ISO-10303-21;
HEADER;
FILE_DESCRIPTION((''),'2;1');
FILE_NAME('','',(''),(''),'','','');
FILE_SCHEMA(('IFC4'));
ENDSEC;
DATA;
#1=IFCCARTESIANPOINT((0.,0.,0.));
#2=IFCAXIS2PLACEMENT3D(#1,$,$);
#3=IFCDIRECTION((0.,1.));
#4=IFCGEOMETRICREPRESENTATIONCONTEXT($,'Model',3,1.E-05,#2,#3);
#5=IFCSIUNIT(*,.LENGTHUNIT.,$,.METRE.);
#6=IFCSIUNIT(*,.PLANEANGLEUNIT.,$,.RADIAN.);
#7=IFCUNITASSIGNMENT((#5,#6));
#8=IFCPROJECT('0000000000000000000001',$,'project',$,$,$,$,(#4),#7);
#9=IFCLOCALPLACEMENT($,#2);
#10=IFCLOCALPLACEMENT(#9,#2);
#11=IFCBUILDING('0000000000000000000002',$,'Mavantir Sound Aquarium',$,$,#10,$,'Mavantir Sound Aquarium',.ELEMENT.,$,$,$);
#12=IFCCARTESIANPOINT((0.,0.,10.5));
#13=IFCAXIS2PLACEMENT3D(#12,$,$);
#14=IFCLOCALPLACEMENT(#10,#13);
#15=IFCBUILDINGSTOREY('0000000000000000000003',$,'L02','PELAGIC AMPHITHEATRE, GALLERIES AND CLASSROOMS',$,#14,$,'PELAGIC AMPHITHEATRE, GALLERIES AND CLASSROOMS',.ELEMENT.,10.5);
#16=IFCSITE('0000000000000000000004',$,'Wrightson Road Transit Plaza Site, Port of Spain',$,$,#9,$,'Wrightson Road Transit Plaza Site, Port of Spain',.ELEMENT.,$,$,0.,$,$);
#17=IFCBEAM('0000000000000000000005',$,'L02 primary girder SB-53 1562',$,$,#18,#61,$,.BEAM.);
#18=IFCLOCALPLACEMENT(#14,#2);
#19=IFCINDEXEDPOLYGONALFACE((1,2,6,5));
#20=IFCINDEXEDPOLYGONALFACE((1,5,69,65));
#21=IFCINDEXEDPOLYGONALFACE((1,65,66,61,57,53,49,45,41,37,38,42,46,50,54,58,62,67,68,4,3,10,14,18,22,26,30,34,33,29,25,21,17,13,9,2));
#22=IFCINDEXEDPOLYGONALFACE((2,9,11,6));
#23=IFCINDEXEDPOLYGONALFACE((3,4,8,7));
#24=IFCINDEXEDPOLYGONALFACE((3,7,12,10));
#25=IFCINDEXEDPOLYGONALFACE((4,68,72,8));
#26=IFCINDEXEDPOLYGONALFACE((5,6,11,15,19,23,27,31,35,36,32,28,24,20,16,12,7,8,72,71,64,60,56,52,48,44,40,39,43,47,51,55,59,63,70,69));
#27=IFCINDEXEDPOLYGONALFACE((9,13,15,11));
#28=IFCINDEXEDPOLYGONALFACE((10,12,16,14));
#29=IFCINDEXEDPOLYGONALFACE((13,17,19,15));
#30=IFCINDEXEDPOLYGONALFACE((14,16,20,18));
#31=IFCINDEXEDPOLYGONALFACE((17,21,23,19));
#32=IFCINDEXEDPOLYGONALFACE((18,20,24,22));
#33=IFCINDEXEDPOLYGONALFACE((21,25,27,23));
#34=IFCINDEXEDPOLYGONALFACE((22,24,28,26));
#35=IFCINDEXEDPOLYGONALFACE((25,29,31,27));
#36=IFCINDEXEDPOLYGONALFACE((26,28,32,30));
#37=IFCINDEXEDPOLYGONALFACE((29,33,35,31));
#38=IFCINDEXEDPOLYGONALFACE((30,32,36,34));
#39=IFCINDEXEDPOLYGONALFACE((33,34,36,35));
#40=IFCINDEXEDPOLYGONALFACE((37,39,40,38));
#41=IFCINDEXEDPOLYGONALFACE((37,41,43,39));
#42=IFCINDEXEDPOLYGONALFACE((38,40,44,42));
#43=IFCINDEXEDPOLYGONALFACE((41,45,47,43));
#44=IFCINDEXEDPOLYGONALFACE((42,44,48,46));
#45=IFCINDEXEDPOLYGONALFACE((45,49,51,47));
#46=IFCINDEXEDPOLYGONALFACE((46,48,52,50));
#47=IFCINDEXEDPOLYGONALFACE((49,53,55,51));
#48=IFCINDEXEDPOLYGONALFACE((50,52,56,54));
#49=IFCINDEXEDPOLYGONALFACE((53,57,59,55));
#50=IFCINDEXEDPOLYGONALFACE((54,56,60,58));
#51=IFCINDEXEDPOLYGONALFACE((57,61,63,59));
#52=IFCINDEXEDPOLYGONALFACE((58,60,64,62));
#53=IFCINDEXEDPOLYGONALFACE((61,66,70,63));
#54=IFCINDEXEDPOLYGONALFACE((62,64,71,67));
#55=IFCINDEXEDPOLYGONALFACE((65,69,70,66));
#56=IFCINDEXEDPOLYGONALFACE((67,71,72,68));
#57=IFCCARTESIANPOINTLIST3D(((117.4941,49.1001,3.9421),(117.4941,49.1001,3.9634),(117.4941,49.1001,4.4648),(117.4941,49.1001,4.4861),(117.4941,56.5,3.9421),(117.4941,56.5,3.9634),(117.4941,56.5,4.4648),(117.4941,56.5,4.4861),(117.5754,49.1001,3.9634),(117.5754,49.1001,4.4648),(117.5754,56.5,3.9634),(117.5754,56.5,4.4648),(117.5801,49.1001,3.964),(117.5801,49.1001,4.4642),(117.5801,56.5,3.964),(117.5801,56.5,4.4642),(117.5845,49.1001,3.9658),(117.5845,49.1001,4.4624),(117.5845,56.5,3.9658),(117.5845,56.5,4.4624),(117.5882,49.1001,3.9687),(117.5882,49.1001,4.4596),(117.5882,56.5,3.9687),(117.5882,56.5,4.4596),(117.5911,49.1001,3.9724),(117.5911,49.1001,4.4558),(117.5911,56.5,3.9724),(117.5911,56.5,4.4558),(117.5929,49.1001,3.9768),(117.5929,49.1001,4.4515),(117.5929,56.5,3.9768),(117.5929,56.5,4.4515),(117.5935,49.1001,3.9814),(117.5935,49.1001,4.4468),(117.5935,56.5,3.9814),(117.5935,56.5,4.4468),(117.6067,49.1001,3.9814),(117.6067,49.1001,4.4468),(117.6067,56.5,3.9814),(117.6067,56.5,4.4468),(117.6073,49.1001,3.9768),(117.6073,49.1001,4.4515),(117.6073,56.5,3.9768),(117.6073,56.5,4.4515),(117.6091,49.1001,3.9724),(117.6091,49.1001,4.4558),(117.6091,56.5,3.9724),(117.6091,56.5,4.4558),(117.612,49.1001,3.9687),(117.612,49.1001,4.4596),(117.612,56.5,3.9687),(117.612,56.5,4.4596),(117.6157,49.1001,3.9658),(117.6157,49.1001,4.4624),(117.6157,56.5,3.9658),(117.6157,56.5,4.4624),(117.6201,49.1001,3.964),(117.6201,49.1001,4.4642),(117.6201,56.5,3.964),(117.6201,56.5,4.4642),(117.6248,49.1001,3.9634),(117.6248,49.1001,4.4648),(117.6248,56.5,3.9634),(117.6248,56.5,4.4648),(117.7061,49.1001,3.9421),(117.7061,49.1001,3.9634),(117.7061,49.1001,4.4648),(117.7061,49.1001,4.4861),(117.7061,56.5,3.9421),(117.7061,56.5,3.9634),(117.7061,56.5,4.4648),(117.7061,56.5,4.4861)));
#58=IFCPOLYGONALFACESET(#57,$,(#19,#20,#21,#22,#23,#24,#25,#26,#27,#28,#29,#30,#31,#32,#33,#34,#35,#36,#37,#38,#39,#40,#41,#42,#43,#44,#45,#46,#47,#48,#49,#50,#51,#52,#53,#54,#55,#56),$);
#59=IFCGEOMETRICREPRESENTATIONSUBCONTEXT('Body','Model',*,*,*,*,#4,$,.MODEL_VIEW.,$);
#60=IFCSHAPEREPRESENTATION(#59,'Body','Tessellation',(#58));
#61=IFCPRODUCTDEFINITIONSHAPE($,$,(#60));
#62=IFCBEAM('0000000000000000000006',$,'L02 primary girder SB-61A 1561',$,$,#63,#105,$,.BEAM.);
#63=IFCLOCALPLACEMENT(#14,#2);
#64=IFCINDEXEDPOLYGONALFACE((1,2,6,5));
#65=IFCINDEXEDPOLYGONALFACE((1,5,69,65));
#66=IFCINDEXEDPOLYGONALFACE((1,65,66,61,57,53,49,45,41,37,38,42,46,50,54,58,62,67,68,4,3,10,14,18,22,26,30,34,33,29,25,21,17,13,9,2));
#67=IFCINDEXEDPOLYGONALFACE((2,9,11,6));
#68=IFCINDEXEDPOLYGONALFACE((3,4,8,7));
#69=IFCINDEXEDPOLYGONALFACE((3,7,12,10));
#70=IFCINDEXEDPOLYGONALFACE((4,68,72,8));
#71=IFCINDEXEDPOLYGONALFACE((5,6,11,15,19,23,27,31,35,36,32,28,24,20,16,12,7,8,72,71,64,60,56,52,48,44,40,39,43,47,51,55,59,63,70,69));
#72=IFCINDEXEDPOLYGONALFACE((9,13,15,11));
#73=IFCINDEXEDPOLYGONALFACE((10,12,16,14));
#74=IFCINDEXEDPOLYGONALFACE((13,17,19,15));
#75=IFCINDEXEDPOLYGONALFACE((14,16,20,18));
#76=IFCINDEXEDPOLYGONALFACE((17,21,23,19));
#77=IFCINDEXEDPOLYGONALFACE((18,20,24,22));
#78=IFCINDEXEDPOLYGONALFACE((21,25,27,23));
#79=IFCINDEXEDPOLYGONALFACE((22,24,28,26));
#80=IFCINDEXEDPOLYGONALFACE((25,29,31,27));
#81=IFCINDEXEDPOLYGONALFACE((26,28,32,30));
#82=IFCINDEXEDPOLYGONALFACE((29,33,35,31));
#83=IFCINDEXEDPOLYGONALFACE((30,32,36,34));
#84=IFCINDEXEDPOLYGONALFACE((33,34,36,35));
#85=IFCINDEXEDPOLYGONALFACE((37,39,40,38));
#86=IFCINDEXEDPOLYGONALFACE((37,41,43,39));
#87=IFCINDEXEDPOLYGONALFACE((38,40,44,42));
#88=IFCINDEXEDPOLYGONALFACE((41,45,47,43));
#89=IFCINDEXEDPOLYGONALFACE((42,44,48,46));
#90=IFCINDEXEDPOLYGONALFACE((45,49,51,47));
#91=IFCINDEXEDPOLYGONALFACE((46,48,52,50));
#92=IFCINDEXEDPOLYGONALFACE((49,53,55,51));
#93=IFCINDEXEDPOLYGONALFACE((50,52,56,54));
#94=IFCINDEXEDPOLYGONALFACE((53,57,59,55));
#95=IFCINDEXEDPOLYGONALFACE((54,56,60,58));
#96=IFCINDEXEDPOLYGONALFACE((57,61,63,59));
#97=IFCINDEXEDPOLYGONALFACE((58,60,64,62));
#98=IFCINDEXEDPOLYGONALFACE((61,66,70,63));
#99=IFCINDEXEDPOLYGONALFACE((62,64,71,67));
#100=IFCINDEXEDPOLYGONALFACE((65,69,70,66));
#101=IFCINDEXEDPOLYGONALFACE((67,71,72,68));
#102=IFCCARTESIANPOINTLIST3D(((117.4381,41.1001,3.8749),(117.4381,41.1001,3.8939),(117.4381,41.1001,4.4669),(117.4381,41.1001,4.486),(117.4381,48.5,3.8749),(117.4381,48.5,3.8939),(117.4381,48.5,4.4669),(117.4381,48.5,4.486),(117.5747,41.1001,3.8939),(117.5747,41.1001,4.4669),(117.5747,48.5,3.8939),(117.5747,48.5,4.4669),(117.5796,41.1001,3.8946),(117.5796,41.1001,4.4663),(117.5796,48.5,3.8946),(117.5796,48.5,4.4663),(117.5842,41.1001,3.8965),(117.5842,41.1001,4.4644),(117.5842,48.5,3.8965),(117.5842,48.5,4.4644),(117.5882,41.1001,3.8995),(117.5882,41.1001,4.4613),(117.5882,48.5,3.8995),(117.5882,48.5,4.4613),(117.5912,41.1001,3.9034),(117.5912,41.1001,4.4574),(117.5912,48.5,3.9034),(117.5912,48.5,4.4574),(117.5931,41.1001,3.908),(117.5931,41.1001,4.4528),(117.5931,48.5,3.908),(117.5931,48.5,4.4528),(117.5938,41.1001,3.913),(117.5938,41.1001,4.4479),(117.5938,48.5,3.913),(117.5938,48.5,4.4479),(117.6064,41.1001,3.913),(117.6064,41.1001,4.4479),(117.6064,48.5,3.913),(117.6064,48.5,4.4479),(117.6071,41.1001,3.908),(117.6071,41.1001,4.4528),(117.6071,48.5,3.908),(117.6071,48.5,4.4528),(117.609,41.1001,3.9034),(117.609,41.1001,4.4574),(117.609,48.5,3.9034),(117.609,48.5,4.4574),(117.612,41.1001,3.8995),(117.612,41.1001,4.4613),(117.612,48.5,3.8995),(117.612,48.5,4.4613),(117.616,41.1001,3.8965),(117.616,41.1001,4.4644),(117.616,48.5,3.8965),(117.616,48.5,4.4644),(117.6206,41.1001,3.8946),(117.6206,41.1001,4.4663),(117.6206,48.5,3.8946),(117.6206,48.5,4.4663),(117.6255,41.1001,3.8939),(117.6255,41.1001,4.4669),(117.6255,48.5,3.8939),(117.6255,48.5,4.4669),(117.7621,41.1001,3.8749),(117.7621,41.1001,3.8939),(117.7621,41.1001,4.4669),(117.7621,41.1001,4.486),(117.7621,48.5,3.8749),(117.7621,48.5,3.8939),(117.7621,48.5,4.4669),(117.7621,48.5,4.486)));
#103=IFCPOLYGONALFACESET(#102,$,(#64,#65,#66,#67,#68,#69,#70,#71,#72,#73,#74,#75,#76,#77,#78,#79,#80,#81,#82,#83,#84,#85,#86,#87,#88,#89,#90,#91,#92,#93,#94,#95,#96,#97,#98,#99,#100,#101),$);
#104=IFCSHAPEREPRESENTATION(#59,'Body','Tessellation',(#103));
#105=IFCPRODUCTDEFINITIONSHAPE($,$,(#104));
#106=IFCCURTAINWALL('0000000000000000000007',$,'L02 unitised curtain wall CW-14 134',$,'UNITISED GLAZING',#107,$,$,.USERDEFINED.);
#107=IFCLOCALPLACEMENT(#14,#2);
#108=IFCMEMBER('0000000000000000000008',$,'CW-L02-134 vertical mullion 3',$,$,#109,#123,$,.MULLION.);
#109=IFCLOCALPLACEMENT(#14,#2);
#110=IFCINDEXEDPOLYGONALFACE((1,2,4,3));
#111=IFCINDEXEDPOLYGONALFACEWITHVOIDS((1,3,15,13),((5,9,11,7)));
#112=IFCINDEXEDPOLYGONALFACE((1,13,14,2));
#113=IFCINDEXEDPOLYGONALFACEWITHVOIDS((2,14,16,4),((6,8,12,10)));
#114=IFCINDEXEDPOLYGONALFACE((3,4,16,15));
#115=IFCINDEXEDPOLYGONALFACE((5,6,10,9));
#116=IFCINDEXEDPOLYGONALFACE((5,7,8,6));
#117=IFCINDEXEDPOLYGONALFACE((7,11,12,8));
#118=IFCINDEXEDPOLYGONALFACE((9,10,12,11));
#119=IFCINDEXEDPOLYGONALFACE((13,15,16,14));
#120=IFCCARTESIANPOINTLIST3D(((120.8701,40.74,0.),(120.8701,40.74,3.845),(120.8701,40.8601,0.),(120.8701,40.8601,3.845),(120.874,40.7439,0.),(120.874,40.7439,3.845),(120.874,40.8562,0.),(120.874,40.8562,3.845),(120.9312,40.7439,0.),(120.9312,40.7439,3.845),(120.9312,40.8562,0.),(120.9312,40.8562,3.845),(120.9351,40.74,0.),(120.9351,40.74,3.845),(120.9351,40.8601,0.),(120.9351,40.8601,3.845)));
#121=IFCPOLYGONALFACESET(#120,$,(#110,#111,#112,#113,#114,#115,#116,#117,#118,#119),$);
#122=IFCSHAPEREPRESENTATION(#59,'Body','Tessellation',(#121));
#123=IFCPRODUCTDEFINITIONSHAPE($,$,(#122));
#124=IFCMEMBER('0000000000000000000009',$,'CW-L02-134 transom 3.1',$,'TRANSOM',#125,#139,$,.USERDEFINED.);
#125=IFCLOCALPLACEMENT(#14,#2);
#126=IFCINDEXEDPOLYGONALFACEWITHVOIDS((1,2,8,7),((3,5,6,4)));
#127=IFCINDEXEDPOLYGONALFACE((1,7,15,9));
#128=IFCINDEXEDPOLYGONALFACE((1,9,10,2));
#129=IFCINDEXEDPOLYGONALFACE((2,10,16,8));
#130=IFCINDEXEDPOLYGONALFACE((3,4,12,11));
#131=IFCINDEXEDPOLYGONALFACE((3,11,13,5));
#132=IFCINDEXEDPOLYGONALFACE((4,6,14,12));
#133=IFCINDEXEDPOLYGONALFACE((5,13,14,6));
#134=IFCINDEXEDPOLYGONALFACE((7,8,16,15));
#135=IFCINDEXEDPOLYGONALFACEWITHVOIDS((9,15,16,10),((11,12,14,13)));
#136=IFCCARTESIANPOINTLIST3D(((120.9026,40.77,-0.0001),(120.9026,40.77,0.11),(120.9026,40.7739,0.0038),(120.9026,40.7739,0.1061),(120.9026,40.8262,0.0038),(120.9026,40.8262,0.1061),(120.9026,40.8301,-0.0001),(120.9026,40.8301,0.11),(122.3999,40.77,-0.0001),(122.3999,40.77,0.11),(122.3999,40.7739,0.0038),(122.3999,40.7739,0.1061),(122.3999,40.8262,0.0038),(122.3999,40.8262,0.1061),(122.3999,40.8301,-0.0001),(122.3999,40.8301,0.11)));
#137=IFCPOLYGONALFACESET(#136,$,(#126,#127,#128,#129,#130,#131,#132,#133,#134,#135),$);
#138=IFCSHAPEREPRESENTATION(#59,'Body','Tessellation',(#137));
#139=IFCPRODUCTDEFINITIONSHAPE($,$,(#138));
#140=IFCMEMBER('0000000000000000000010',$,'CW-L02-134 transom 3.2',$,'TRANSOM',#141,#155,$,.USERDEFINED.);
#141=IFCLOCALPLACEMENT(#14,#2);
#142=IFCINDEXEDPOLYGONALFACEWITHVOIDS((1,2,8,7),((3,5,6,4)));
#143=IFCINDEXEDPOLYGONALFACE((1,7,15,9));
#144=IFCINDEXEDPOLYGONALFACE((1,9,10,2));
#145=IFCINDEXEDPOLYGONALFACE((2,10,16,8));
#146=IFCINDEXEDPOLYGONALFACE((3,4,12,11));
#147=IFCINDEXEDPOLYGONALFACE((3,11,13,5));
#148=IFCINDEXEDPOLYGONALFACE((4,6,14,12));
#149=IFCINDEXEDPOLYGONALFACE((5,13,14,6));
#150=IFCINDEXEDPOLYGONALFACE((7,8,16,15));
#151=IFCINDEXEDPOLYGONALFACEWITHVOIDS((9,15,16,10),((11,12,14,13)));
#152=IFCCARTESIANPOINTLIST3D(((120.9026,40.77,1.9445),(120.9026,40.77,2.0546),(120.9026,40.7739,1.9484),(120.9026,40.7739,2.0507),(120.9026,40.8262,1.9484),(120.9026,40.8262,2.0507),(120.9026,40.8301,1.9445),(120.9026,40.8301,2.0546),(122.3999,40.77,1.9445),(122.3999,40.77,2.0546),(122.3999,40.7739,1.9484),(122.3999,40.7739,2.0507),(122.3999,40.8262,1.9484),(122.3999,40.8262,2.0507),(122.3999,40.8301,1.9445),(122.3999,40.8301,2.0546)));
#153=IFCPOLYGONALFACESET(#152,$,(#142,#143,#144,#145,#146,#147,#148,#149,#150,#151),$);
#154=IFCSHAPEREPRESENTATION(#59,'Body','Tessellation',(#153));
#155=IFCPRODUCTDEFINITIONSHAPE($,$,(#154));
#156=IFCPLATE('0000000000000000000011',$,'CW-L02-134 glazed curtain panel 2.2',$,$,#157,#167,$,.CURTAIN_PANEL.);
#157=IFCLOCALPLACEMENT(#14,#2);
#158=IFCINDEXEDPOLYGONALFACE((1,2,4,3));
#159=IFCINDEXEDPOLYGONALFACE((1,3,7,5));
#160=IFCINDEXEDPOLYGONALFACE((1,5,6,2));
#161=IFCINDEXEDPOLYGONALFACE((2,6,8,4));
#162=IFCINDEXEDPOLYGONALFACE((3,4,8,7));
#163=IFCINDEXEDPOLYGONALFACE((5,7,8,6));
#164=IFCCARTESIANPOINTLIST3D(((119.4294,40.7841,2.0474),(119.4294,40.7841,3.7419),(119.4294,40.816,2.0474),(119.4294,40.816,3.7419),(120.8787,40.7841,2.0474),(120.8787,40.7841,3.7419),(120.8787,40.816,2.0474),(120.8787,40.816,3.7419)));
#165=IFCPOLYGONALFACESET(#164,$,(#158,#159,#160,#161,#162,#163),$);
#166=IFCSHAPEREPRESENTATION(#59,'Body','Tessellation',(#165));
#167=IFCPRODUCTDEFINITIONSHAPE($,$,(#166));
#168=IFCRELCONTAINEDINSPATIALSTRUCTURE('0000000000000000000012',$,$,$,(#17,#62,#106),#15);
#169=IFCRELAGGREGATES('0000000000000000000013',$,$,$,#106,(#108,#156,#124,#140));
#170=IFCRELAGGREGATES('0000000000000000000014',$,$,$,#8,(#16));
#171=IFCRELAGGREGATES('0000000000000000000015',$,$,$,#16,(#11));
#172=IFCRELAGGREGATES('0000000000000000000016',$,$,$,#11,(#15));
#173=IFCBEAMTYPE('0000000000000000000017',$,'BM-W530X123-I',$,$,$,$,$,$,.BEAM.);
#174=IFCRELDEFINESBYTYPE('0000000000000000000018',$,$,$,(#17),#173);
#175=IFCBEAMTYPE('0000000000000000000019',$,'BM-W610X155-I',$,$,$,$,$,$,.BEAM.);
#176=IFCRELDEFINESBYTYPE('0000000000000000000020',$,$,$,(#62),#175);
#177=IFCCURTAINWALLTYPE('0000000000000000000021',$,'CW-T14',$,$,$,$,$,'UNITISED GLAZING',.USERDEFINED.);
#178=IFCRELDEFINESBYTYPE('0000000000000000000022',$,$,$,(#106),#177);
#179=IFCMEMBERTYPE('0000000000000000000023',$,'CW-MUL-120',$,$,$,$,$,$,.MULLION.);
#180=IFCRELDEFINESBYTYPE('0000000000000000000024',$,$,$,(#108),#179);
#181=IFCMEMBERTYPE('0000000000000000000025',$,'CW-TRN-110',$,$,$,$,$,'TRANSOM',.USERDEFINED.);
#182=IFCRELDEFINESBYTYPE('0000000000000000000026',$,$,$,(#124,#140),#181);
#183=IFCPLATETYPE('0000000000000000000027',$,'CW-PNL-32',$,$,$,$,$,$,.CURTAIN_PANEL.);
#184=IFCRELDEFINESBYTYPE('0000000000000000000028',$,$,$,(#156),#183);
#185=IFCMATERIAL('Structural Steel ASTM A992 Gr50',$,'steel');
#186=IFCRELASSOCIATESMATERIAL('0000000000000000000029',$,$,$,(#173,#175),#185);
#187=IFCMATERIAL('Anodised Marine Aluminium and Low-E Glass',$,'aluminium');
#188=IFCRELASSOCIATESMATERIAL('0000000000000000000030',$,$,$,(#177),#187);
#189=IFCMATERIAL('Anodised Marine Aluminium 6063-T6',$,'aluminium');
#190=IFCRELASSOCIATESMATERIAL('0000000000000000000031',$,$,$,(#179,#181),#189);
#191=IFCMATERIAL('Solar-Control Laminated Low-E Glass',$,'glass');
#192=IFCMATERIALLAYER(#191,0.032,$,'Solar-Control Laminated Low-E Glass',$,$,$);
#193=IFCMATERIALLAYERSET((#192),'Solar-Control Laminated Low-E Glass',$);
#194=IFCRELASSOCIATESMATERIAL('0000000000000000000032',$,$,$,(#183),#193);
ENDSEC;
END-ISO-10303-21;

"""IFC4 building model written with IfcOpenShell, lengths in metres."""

from ifc_helpers import new_model, si_unit, direction, frame, origin, origin_2d, place, context, subcontext, project, spatial, rectangle, hollow_rectangle, i_section, extrude, material, layer, layer_set, material_profile, profile_set, type_object, element, aggregate, save


model = new_model("IFC4")

# Units and contexts
model_context = context("Model", 3, precision=1e-05, world=origin(), true_north=direction((0.0, 1.0)))
body_context = subcontext(model_context, "Body", "Model", "MODEL_VIEW")
ifc_project = project(units=[si_unit("LENGTHUNIT", "METRE"), si_unit("PLANEANGLEUNIT", "RADIAN")], contexts=[model_context])

# Site, building, storey
site_placement = place(None, origin())
site = spatial("IfcSite", under=ifc_project, at=site_placement, Name="Wrightson Road Transit Plaza Site, Port of Spain", LongName="Wrightson Road Transit Plaza Site, Port of Spain", CompositionType="ELEMENT", RefElevation=0.0)
building_placement = place(site_placement, origin())
building = spatial("IfcBuilding", under=site, at=building_placement, Name="Mavantir Sound Aquarium", LongName="Mavantir Sound Aquarium", CompositionType="ELEMENT")
storey_placement = place(building_placement, frame((0.0, 0.0, 10.5)))
storey = spatial("IfcBuildingStorey", under=building, at=storey_placement, Name="L02", Description="PELAGIC AMPHITHEATRE, GALLERIES AND CLASSROOMS", LongName="PELAGIC AMPHITHEATRE, GALLERIES AND CLASSROOMS", CompositionType="ELEMENT", Elevation=10.5)

# Beams
ifc_material_1 = material(Name="Structural Steel ASTM A992 Gr50", Category="steel")
ifc_material_profile_1 = material_profile(ifc_material_1, i_section(OverallWidth=0.2119, OverallDepth=0.5439, WebThickness=0.0132, FlangeThickness=0.0212, FilletRadius=0.0181, at=origin_2d()), Name="W530X123")
ifc_profile_set_1 = profile_set([ifc_material_profile_1], Name="Structural Steel ASTM A992 Gr50")
beam_type_1 = type_object("IfcBeamType", Name="BM-W530X123-I", PredefinedType="BEAM", material=ifc_profile_set_1)
beam_1_placement = place(storey_placement, frame((117.6001, 49.1001, 4.2141), z_axis=(0.0, 1.0, 0.0), x_axis=(-1.0, 0.0, 0.0)))
element("IfcBeam", 1, at=beam_1_placement, inside=storey, type_object=beam_type_1, Name="L02 primary girder SB-53 1562", PredefinedType="BEAM", context=body_context, shape_type="SweptSolid", body=[
    extrude(i_section(OverallWidth=0.2119, OverallDepth=0.5439, WebThickness=0.0132, FlangeThickness=0.0212, FilletRadius=0.0181, at=origin_2d()), origin(), (0.0, 0.0, 1.0), 7.3999),
])
ifc_material_profile_2 = material_profile(ifc_material_1, i_section(OverallWidth=0.324, OverallDepth=0.6111, WebThickness=0.0127, FlangeThickness=0.019, FilletRadius=0.019, at=origin_2d()), Name="W610X155")
ifc_profile_set_2 = profile_set([ifc_material_profile_2], Name="Structural Steel ASTM A992 Gr50")
beam_type_2 = type_object("IfcBeamType", Name="BM-W610X155-I", PredefinedType="BEAM", material=ifc_profile_set_2)
beam_2_placement = place(storey_placement, frame((117.6001, 41.1001, 4.1804), z_axis=(0.0, 1.0, 0.0), x_axis=(-1.0, 0.0, 0.0)))
element("IfcBeam", 2, at=beam_2_placement, inside=storey, type_object=beam_type_2, Name="L02 primary girder SB-61A 1561", PredefinedType="BEAM", context=body_context, shape_type="SweptSolid", body=[
    extrude(i_section(OverallWidth=0.324, OverallDepth=0.6111, WebThickness=0.0127, FlangeThickness=0.019, FilletRadius=0.019, at=origin_2d()), origin(), (0.0, 0.0, 1.0), 7.3999),
])

# Curtain wall, members, plate
ifc_material_2 = material(Name="Anodised Marine Aluminium and Low-E Glass", Category="aluminium")
curtain_wall_type = type_object("IfcCurtainWallType", Name="CW-T14", ElementType="UNITISED GLAZING", PredefinedType="USERDEFINED", material=ifc_material_2)
curtain_wall_placement = place(storey_placement, origin())
curtain_wall = element("IfcCurtainWall", 3, at=curtain_wall_placement, inside=storey, type_object=curtain_wall_type, Name="L02 unitised curtain wall CW-14 134", ObjectType="UNITISED GLAZING", PredefinedType="USERDEFINED")
ifc_material_3 = material(Name="Anodised Marine Aluminium 6063-T6", Category="aluminium")
ifc_material_profile_3 = material_profile(ifc_material_3, hollow_rectangle(XDim=0.0649, YDim=0.1201, WallThickness=0.0039, at=origin_2d()), Name="ALU-MULLION-120X65")
ifc_profile_set_3 = profile_set([ifc_material_profile_3], Name="Anodised Marine Aluminium 6063-T6")
member_type_1 = type_object("IfcMemberType", Name="CW-MUL-120", PredefinedType="MULLION", material=ifc_profile_set_3)
member_1_placement = place(storey_placement, frame((120.9026, 40.8, 0.0), z_axis=(0.0, 0.0, 1.0), x_axis=(1.0, 0.0, 0.0)))
member_1 = element("IfcMember", 4, at=member_1_placement, type_object=member_type_1, Name="CW-L02-134 vertical mullion 3", PredefinedType="MULLION", context=body_context, shape_type="SweptSolid", body=[
    extrude(hollow_rectangle(XDim=0.0649, YDim=0.1201, WallThickness=0.0039, at=origin_2d()), origin(), (0.0, 0.0, 1.0), 3.845),
])
ifc_material_profile_4 = material_profile(ifc_material_3, hollow_rectangle(XDim=0.0601, YDim=0.1101, WallThickness=0.0039, at=origin_2d()), Name="ALU-TRANSOM-110X60")
ifc_profile_set_4 = profile_set([ifc_material_profile_4], Name="Anodised Marine Aluminium 6063-T6")
member_type_2 = type_object("IfcMemberType", Name="CW-TRN-110", ElementType="TRANSOM", PredefinedType="USERDEFINED", material=ifc_profile_set_4)
member_2_placement = place(storey_placement, frame((120.9026, 40.8, 0.0549), z_axis=(1.0, 0.0, 0.0), x_axis=(0.0, 1.0, 0.0)))
member_2 = element("IfcMember", 5, at=member_2_placement, type_object=member_type_2, Name="CW-L02-134 transom 3.1", ObjectType="TRANSOM", PredefinedType="USERDEFINED", context=body_context, shape_type="SweptSolid", body=[
    extrude(hollow_rectangle(XDim=0.0601, YDim=0.1101, WallThickness=0.0039, at=origin_2d()), origin(), (0.0, 0.0, 1.0), 1.4973),
])
member_3_placement = place(storey_placement, frame((120.9026, 40.8, 1.9995), z_axis=(1.0, 0.0, 0.0), x_axis=(0.0, 1.0, 0.0)))
member_3 = element("IfcMember", 6, at=member_3_placement, type_object=member_type_2, Name="CW-L02-134 transom 3.2", ObjectType="TRANSOM", PredefinedType="USERDEFINED", context=body_context, shape_type="SweptSolid", body=[
    extrude(hollow_rectangle(XDim=0.0601, YDim=0.1101, WallThickness=0.0039, at=origin_2d()), origin(), (0.0, 0.0, 1.0), 1.4973),
])
ifc_material_4 = material(Name="Solar-Control Laminated Low-E Glass", Category="glass")
ifc_layer_1 = layer(ifc_material_4, 0.032, Name="Solar-Control Laminated Low-E Glass")
ifc_layer_set_1 = layer_set([ifc_layer_1], Name="Solar-Control Laminated Low-E Glass")
plate_type = type_object("IfcPlateType", Name="CW-PNL-32", PredefinedType="CURTAIN_PANEL", material=ifc_layer_set_1)
plate_placement = place(storey_placement, frame((120.1541, 40.8, 2.0474), z_axis=(0.0, 0.0, 1.0), x_axis=(1.0, 0.0, 0.0)))
plate = element("IfcPlate", 7, at=plate_placement, type_object=plate_type, Name="CW-L02-134 glazed curtain panel 2.2", PredefinedType="CURTAIN_PANEL", context=body_context, shape_type="SweptSolid", body=[
    extrude(rectangle(XDim=1.4492, YDim=0.032, at=origin_2d()), origin(), (0.0, 0.0, 1.0), 1.6946),
])
aggregate(curtain_wall, [member_1, plate, member_2, member_3])

save(model, "model.ifc")
